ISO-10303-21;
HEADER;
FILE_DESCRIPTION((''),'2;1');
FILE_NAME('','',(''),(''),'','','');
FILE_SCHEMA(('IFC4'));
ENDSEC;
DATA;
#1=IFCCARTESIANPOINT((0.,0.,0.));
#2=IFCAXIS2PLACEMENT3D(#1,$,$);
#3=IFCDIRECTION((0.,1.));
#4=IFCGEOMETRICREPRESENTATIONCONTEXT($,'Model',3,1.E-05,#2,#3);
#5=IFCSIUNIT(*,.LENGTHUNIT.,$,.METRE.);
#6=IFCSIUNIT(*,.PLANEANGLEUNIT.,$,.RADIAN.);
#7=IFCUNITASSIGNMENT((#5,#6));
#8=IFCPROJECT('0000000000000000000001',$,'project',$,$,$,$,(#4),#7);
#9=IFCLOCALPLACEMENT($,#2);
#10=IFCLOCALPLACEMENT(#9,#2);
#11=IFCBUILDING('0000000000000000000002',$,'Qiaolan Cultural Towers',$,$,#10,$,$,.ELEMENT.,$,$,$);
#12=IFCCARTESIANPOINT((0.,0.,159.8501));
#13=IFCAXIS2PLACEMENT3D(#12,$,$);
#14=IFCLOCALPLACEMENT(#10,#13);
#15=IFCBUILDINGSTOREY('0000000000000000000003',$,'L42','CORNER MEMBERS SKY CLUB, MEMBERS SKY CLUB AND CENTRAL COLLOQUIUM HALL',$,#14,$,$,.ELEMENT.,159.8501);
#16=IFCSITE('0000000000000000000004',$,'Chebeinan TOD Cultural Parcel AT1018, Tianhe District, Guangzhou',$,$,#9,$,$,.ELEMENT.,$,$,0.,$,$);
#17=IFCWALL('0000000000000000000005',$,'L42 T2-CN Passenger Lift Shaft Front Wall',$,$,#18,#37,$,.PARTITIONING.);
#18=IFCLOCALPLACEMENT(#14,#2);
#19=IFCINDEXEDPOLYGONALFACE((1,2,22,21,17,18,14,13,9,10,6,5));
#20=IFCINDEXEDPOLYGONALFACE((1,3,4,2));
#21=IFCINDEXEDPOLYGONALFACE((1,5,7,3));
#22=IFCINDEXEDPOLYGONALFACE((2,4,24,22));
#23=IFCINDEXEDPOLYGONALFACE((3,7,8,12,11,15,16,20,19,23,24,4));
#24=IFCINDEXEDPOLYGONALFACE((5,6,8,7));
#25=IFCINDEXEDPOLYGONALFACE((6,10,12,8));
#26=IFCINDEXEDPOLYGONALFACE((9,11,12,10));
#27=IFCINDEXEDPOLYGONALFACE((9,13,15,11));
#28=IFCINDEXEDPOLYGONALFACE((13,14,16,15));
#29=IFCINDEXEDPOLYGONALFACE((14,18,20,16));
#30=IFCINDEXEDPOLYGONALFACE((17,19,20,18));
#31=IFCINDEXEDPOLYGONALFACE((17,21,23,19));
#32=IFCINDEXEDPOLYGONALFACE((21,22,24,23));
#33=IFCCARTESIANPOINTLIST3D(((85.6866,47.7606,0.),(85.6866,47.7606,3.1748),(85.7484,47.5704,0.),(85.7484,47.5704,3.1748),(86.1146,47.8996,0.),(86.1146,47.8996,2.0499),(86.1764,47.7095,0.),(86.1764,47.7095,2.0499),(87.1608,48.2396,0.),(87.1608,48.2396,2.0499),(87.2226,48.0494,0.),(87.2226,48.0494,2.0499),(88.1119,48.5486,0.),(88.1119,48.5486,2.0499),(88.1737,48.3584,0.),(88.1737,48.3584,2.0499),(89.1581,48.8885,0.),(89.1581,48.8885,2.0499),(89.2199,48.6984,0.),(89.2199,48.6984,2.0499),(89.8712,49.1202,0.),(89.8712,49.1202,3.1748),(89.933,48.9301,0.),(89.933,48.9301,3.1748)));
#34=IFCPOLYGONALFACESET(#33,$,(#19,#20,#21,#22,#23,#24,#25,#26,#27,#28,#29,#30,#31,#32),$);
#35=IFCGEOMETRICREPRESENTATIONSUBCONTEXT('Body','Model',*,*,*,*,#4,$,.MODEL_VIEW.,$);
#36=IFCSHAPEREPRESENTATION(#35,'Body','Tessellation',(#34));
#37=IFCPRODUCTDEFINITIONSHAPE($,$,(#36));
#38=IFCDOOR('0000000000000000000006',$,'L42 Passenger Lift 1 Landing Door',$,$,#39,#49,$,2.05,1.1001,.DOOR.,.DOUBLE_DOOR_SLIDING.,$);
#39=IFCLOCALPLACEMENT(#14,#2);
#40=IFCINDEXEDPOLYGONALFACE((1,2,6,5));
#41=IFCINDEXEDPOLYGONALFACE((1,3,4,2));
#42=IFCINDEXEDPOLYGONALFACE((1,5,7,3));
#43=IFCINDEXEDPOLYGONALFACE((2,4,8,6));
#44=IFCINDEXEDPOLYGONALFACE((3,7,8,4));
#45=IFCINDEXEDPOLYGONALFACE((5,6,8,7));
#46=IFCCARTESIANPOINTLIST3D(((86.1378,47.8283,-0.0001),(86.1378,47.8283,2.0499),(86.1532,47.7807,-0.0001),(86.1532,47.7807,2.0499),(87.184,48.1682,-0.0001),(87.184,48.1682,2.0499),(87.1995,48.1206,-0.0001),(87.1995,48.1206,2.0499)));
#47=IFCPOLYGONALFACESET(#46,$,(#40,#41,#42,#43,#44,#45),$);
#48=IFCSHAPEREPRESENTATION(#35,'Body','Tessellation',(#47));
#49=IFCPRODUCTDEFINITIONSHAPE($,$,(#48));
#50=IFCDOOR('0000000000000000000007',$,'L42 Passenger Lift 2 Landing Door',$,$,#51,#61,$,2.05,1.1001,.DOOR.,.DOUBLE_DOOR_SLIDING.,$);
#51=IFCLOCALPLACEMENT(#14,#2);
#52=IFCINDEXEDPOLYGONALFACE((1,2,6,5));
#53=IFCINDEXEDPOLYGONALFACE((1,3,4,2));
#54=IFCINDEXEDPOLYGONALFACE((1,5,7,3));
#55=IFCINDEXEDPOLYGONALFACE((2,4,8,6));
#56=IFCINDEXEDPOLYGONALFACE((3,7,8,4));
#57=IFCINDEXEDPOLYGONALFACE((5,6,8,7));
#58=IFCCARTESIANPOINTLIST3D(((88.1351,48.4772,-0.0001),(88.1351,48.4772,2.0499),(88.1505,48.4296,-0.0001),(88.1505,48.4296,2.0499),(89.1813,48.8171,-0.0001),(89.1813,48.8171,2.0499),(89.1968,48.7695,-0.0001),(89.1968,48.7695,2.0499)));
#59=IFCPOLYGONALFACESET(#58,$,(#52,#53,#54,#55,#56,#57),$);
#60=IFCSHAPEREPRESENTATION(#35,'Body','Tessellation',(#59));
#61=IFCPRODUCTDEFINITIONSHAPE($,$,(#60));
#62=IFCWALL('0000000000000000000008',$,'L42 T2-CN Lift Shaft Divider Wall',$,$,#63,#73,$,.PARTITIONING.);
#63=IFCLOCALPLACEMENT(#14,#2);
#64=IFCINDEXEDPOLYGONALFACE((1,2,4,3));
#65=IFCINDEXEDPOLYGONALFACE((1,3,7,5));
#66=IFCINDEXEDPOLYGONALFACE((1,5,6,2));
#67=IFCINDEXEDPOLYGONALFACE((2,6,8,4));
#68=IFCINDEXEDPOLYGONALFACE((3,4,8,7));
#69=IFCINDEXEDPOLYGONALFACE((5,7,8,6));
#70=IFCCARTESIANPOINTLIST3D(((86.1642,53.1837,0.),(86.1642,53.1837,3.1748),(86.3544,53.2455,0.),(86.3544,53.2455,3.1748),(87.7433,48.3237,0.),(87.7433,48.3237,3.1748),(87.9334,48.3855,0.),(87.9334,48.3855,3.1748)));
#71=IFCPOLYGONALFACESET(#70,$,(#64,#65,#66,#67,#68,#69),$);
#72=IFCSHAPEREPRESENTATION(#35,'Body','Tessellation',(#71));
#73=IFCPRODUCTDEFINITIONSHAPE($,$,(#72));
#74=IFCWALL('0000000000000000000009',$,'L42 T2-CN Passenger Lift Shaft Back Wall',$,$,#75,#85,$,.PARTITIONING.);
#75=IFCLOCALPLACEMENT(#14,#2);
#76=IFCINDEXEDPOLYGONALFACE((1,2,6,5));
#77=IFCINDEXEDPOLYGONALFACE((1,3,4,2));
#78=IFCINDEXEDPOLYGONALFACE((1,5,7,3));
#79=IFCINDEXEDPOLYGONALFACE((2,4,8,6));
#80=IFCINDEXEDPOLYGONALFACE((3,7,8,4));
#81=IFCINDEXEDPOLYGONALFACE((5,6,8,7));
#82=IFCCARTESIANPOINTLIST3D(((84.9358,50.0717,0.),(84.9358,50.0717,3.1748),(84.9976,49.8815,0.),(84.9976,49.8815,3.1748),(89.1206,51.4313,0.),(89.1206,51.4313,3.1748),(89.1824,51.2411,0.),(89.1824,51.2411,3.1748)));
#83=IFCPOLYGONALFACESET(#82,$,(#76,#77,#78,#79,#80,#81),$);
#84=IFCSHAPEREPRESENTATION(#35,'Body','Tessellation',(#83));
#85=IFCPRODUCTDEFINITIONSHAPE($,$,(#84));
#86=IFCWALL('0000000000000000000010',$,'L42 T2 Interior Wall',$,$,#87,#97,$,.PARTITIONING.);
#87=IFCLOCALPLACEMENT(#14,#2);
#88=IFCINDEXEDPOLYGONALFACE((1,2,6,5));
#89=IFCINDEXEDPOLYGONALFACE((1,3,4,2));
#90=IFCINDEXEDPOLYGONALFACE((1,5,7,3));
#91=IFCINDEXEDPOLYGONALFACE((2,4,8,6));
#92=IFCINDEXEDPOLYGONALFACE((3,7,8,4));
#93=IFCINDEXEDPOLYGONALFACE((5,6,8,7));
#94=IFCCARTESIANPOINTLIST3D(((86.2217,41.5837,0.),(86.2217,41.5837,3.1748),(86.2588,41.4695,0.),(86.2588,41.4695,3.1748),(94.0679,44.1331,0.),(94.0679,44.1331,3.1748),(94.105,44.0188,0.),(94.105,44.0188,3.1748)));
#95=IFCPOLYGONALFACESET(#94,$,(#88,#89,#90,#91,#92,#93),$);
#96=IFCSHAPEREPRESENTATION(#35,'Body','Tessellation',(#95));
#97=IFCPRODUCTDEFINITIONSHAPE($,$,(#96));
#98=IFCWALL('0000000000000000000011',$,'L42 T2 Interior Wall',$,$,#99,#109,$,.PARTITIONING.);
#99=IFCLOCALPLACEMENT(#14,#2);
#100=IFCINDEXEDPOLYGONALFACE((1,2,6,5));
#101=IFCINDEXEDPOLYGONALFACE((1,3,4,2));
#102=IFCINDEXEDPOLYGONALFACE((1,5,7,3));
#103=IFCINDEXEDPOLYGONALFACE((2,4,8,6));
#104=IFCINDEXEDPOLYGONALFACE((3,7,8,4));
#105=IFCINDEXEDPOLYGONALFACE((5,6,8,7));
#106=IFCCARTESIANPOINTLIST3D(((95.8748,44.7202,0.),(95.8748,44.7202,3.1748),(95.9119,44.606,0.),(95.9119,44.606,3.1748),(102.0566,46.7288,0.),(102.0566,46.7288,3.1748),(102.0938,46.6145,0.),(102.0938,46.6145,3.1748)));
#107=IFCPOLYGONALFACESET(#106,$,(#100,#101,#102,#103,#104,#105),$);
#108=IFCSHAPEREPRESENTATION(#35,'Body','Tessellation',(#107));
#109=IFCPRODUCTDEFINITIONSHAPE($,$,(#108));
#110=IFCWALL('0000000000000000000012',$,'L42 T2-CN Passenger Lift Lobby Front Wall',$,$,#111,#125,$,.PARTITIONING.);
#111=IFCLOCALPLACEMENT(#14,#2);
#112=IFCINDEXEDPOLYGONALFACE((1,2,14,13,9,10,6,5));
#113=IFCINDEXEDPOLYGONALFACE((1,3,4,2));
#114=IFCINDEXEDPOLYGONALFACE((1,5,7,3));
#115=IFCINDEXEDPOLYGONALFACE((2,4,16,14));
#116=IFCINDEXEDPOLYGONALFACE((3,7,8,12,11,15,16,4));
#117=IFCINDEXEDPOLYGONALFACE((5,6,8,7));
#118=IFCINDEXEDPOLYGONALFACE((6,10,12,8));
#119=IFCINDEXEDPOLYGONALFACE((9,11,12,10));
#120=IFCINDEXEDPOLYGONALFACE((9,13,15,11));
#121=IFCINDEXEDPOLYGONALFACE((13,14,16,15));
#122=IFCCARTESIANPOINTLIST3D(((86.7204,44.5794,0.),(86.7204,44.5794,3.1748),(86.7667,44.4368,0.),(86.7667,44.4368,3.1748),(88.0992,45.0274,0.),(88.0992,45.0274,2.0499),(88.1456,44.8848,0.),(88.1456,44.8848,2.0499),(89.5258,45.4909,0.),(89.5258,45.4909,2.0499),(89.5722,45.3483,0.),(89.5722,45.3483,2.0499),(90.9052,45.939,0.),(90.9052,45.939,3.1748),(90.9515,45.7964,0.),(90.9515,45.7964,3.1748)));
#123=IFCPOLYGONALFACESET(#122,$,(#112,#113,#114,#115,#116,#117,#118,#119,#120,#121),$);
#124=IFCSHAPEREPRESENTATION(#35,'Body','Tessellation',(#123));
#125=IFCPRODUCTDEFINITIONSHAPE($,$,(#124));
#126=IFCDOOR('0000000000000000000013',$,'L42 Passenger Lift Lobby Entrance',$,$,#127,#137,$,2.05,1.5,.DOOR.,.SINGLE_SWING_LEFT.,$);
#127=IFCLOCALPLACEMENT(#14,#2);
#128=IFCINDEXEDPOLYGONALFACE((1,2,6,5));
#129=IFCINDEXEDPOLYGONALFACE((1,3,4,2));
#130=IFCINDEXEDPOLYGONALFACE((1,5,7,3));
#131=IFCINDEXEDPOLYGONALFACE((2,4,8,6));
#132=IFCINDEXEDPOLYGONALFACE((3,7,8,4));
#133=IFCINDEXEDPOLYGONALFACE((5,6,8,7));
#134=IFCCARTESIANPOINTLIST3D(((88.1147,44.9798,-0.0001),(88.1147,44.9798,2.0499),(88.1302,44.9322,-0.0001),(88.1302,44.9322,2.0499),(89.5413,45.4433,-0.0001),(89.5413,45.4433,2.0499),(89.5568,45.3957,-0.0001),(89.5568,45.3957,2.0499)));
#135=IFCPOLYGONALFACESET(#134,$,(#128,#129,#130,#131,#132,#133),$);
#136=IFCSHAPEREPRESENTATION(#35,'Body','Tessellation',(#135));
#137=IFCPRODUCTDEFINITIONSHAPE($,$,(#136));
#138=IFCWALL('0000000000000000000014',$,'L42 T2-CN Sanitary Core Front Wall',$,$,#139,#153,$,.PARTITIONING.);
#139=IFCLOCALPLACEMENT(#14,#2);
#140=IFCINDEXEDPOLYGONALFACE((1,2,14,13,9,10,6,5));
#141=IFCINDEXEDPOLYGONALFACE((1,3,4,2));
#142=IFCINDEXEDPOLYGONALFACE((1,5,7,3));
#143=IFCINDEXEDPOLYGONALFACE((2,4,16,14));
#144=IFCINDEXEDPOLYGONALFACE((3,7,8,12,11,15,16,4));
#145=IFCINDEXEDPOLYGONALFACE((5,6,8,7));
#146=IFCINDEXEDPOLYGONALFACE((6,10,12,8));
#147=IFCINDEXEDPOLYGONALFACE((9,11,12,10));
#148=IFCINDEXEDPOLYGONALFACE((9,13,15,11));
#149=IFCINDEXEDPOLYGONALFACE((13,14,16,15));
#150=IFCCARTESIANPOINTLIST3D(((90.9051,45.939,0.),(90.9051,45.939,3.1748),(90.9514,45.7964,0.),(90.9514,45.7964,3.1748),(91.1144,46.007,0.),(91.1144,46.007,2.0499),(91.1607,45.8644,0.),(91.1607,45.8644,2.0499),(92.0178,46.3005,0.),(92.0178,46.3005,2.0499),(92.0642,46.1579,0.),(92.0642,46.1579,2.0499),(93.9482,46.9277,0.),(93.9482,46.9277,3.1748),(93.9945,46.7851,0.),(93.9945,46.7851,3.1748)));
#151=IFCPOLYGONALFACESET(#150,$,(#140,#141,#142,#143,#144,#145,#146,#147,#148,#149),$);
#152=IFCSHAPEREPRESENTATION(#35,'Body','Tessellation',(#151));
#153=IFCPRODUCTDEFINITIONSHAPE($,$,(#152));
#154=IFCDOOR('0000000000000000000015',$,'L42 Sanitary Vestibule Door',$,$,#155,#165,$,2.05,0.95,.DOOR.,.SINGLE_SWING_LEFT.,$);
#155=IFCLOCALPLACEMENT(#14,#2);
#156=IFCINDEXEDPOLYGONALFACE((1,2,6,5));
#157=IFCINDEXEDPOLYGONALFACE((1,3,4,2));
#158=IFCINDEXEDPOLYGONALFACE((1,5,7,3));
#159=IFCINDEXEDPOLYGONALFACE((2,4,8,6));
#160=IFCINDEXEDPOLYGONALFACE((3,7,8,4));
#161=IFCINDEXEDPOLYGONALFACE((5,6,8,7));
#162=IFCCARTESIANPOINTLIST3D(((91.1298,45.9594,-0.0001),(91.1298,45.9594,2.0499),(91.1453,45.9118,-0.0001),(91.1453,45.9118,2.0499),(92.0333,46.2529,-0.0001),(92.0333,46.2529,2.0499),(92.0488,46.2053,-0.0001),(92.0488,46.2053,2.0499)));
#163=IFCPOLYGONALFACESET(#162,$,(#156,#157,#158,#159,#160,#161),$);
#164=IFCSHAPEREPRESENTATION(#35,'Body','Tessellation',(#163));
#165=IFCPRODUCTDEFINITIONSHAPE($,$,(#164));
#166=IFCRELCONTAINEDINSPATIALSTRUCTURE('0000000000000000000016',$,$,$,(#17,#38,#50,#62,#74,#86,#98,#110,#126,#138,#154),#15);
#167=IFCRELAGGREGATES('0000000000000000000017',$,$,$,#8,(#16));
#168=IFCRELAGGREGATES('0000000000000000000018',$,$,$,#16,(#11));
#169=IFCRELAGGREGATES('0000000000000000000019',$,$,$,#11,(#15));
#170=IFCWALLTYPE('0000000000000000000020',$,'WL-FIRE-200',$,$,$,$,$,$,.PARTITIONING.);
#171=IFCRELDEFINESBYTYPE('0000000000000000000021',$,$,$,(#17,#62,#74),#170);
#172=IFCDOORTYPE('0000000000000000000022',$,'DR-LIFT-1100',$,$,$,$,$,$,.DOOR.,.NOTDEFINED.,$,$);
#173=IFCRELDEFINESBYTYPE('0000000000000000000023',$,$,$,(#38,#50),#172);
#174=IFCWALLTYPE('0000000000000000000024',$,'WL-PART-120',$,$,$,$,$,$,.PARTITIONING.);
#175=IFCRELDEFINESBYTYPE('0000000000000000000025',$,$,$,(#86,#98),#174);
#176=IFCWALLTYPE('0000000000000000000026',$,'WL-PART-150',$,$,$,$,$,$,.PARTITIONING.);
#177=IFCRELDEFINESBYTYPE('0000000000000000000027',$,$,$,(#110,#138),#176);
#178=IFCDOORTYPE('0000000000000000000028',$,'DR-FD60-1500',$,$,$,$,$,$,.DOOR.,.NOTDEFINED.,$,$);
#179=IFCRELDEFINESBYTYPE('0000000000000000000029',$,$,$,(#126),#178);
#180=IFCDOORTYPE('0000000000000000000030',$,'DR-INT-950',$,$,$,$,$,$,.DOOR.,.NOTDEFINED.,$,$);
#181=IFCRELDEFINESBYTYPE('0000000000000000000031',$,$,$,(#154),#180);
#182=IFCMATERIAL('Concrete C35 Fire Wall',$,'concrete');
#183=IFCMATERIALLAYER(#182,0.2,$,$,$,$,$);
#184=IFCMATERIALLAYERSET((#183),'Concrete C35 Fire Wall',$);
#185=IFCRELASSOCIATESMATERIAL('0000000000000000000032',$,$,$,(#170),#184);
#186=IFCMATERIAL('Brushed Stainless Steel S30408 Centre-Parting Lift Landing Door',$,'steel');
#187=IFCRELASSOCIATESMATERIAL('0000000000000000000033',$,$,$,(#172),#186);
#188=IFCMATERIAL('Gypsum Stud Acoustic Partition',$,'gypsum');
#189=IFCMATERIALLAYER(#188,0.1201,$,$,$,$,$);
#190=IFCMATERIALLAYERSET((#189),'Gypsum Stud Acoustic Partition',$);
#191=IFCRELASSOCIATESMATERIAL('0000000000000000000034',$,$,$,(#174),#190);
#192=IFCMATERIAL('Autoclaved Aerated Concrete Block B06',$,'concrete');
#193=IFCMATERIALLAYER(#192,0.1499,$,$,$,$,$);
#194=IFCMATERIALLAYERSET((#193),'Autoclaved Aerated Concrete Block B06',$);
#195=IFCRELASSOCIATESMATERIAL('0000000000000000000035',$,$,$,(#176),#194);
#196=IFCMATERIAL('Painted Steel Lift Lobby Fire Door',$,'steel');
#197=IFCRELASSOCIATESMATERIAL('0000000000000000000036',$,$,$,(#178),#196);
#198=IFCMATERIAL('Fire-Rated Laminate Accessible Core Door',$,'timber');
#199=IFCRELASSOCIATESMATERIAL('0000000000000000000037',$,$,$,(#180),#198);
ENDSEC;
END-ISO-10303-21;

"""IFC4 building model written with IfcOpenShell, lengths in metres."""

from ifc_helpers import new_model, si_unit, direction, frame, frame_2d, origin, place, context, subcontext, project, spatial, rectangle, extrude, material, layer, layer_set, type_object, element, fill, save


model = new_model("IFC4")

# Units and contexts
model_context = context("Model", 3, precision=1e-05, world=origin(), true_north=direction((0.0, 1.0)))
body_context = subcontext(model_context, "Body", "Model", "MODEL_VIEW")
ifc_project = project(units=[si_unit("LENGTHUNIT", "METRE"), si_unit("PLANEANGLEUNIT", "RADIAN")], contexts=[model_context])

# Site, building, storey
site_placement = place(None, origin())
site = spatial("IfcSite", under=ifc_project, at=site_placement, Name="Chebeinan TOD Cultural Parcel AT1018, Tianhe District, Guangzhou", CompositionType="ELEMENT", RefElevation=0.0)
building_placement = place(site_placement, origin())
building = spatial("IfcBuilding", under=site, at=building_placement, Name="Qiaolan Cultural Towers", CompositionType="ELEMENT")
storey_placement = place(building_placement, frame((0.0, 0.0, 159.8501)))
storey = spatial("IfcBuildingStorey", under=building, at=storey_placement, Name="L42", Description="CORNER MEMBERS SKY CLUB, MEMBERS SKY CLUB AND CENTRAL COLLOQUIUM HALL", CompositionType="ELEMENT", Elevation=159.8501)

# Shared definitions
ifc_material_1 = material(Name="Concrete C35 Fire Wall", Category="concrete")
ifc_layer_1 = layer(ifc_material_1, 0.2)
ifc_layer_set_1 = layer_set([ifc_layer_1], Name="Concrete C35 Fire Wall")
wall_type_1 = type_object("IfcWallType", Name="WL-FIRE-200", PredefinedType="PARTITIONING", material=ifc_layer_set_1)

# Wall, openings, doors
wall_1_placement = place(storey_placement, frame((85.7175, 47.6655, 0.0), z_axis=(0.0, 0.0, 1.0), x_axis=(0.951059, 0.309011, 0.0)))
wall_1 = element("IfcWall", 1, at=wall_1_placement, inside=storey, type_object=wall_type_1, Name="L42 T2-CN Passenger Lift Shaft Front Wall", PredefinedType="PARTITIONING", context=body_context, shape_type="SweptSolid", body=[
    extrude(rectangle(XDim=4.3999, YDim=0.2, at=frame_2d((2.2, 0.0))), origin(), (0.0, 0.0, 1.0), 3.1748),
])
opening_1_placement = place(wall_1_placement, frame((0.45, 0.0, 0.0)))
opening_1 = element("IfcOpeningElement", 2, at=opening_1_placement, cuts=wall_1, PredefinedType="OPENING", context=body_context, shape_type="SweptSolid", body=[
    extrude(rectangle(XDim=1.1001, YDim=2.05, at=frame_2d((0.55, 1.0249))), frame((0.0, 0.1099, 0.0), z_axis=(0.0, -1.0, 0.0), x_axis=(1.0, 0.0, 0.0)), (0.0, 0.0, 1.0), 0.22),
])
opening_2_placement = place(wall_1_placement, frame((2.55, 0.0, 0.0)))
opening_2 = element("IfcOpeningElement", 3, at=opening_2_placement, cuts=wall_1, PredefinedType="OPENING", context=body_context, shape_type="SweptSolid", body=[
    extrude(rectangle(XDim=1.1001, YDim=2.05, at=frame_2d((0.55, 1.0249))), frame((0.0, 0.1099, 0.0), z_axis=(0.0, -1.0, 0.0), x_axis=(1.0, 0.0, 0.0)), (0.0, 0.0, 1.0), 0.22),
])
ifc_material_2 = material(Name="Brushed Stainless Steel S30408 Centre-Parting Lift Landing Door", Category="steel")
door_type_1 = type_object("IfcDoorType", Name="DR-LIFT-1100", OperationType="NOTDEFINED", PredefinedType="DOOR", material=ifc_material_2)
door_1_placement = place(opening_1_placement, origin())
door_1 = element("IfcDoor", 4, at=door_1_placement, inside=storey, type_object=door_type_1, Name="L42 Passenger Lift 1 Landing Door", OperationType="DOUBLE_DOOR_SLIDING", OverallHeight=2.05, OverallWidth=1.1001, PredefinedType="DOOR", context=body_context, shape_type="SweptSolid", body=[
    extrude(rectangle(XDim=1.1001, YDim=2.05, at=frame_2d((0.55, 1.0249))), frame((0.0, 0.0249, 0.0), z_axis=(0.0, -1.0, 0.0), x_axis=(1.0, 0.0, 0.0)), (0.0, 0.0, 1.0), 0.05),
])
fill(opening_1, door_1)
door_2_placement = place(opening_2_placement, origin())
door_2 = element("IfcDoor", 5, at=door_2_placement, inside=storey, type_object=door_type_1, Name="L42 Passenger Lift 2 Landing Door", OperationType="DOUBLE_DOOR_SLIDING", OverallHeight=2.05, OverallWidth=1.1001, PredefinedType="DOOR", context=body_context, shape_type="SweptSolid", body=[
    extrude(rectangle(XDim=1.1001, YDim=2.05, at=frame_2d((0.55, 1.0249))), frame((0.0, 0.0249, 0.0), z_axis=(0.0, -1.0, 0.0), x_axis=(1.0, 0.0, 0.0)), (0.0, 0.0, 1.0), 0.05),
])
fill(opening_2, door_2)

# Walls
wall_2_placement = place(storey_placement, frame((87.8384, 48.3545, 0.0), z_axis=(0.0, 0.0, 1.0), x_axis=(-0.309009, 0.951059, 0.0)))
element("IfcWall", 6, at=wall_2_placement, inside=storey, type_object=wall_type_1, Name="L42 T2-CN Lift Shaft Divider Wall", PredefinedType="PARTITIONING", context=body_context, shape_type="SweptSolid", body=[
    extrude(rectangle(XDim=5.1101, YDim=0.2, at=frame_2d((2.5552, 0.0))), origin(), (0.0, 0.0, 1.0), 3.1748),
])
wall_3_placement = place(storey_placement, frame((84.9666, 49.9766, 0.0), z_axis=(0.0, 0.0, 1.0), x_axis=(0.951064, 0.308994, 0.0)))
element("IfcWall", 7, at=wall_3_placement, inside=storey, type_object=wall_type_1, Name="L42 T2-CN Passenger Lift Shaft Back Wall", PredefinedType="PARTITIONING", context=body_context, shape_type="SweptSolid", body=[
    extrude(rectangle(XDim=4.4001, YDim=0.2, at=frame_2d((2.2002, 0.0))), origin(), (0.0, 0.0, 1.0), 3.1748),
])
ifc_material_3 = material(Name="Gypsum Stud Acoustic Partition", Category="gypsum")
ifc_layer_2 = layer(ifc_material_3, 0.1201)
ifc_layer_set_2 = layer_set([ifc_layer_2], Name="Gypsum Stud Acoustic Partition")
wall_type_2 = type_object("IfcWallType", Name="WL-PART-120", PredefinedType="PARTITIONING", material=ifc_layer_set_2)
wall_4_placement = place(storey_placement, frame((86.2402, 41.5266, 0.0), z_axis=(0.0, 0.0, 1.0), x_axis=(0.951059, 0.30901, 0.0)))
element("IfcWall", 8, at=wall_4_placement, inside=storey, type_object=wall_type_2, Name="L42 T2 Interior Wall", PredefinedType="PARTITIONING", context=body_context, shape_type="SweptSolid", body=[
    extrude(rectangle(XDim=8.25, YDim=0.1201, at=frame_2d((4.125, 0.0))), origin(), (0.0, 0.0, 1.0), 3.1748),
])
wall_5_placement = place(storey_placement, frame((95.8933, 44.6631, 0.0), z_axis=(0.0, 0.0, 1.0), x_axis=(0.95106, 0.309007, 0.0)))
element("IfcWall", 9, at=wall_5_placement, inside=storey, type_object=wall_type_2, Name="L42 T2 Interior Wall", PredefinedType="PARTITIONING", context=body_context, shape_type="SweptSolid", body=[
    extrude(rectangle(XDim=6.5, YDim=0.1201, at=frame_2d((3.25, 0.0))), origin(), (0.0, 0.0, 1.0), 3.1748),
])

# Walls, openings, doors
ifc_material_4 = material(Name="Autoclaved Aerated Concrete Block B06", Category="concrete")
ifc_layer_3 = layer(ifc_material_4, 0.1499)
ifc_layer_set_3 = layer_set([ifc_layer_3], Name="Autoclaved Aerated Concrete Block B06")
wall_type_3 = type_object("IfcWallType", Name="WL-PART-150", PredefinedType="PARTITIONING", material=ifc_layer_set_3)
wall_6_placement = place(storey_placement, frame((86.7434, 44.5081, 0.0), z_axis=(0.0, 0.0, 1.0), x_axis=(0.951064, 0.308994, 0.0)))
wall_6 = element("IfcWall", 10, at=wall_6_placement, inside=storey, type_object=wall_type_3, Name="L42 T2-CN Passenger Lift Lobby Front Wall", PredefinedType="PARTITIONING", context=body_context, shape_type="SweptSolid", body=[
    extrude(rectangle(XDim=4.4001, YDim=0.1499, at=frame_2d((2.2002, 0.0))), origin(), (0.0, 0.0, 1.0), 3.1748),
])
opening_3_placement = place(wall_6_placement, frame((1.45, 0.0, 0.0)))
opening_3 = element("IfcOpeningElement", 11, at=opening_3_placement, cuts=wall_6, PredefinedType="OPENING", context=body_context, shape_type="SweptSolid", body=[
    extrude(rectangle(XDim=1.5, YDim=2.05, at=frame_2d((0.75, 1.0249))), frame((0.0, 0.085, 0.0), z_axis=(0.0, -1.0, 0.0), x_axis=(1.0, 0.0, 0.0)), (0.0, 0.0, 1.0), 0.1699),
])
ifc_material_5 = material(Name="Painted Steel Lift Lobby Fire Door", Category="steel")
door_type_2 = type_object("IfcDoorType", Name="DR-FD60-1500", OperationType="NOTDEFINED", PredefinedType="DOOR", material=ifc_material_5)
door_3_placement = place(opening_3_placement, origin())
door_3 = element("IfcDoor", 12, at=door_3_placement, inside=storey, type_object=door_type_2, Name="L42 Passenger Lift Lobby Entrance", OperationType="SINGLE_SWING_LEFT", OverallHeight=2.05, OverallWidth=1.5, PredefinedType="DOOR", context=body_context, shape_type="SweptSolid", body=[
    extrude(rectangle(XDim=1.5, YDim=2.05, at=frame_2d((0.75, 1.0249))), frame((0.0, 0.0249, 0.0), z_axis=(0.0, -1.0, 0.0), x_axis=(1.0, 0.0, 0.0)), (0.0, 0.0, 1.0), 0.05),
])
fill(opening_3, door_3)
wall_7_placement = place(storey_placement, frame((90.9282, 45.8677, 0.0), z_axis=(0.0, 0.0, 1.0), x_axis=(0.951059, 0.309008, 0.0)))
wall_7 = element("IfcWall", 13, at=wall_7_placement, inside=storey, type_object=wall_type_3, Name="L42 T2-CN Sanitary Core Front Wall", PredefinedType="PARTITIONING", context=body_context, shape_type="SweptSolid", body=[
    extrude(rectangle(XDim=3.1997, YDim=0.1499, at=frame_2d((1.5999, 0.0))), origin(), (0.0, 0.0, 1.0), 3.1748),
])
opening_4_placement = place(wall_7_placement, frame((0.22, 0.0, 0.0)))
opening_4 = element("IfcOpeningElement", 14, at=opening_4_placement, cuts=wall_7, PredefinedType="OPENING", context=body_context, shape_type="SweptSolid", body=[
    extrude(rectangle(XDim=0.95, YDim=2.05, at=frame_2d((0.4751, 1.0249))), frame((0.0, 0.085, 0.0), z_axis=(0.0, -1.0, 0.0), x_axis=(1.0, 0.0, 0.0)), (0.0, 0.0, 1.0), 0.1699),
])
ifc_material_6 = material(Name="Fire-Rated Laminate Accessible Core Door", Category="timber")
door_type_3 = type_object("IfcDoorType", Name="DR-INT-950", OperationType="NOTDEFINED", PredefinedType="DOOR", material=ifc_material_6)
door_4_placement = place(opening_4_placement, origin())
door_4 = element("IfcDoor", 15, at=door_4_placement, inside=storey, type_object=door_type_3, Name="L42 Sanitary Vestibule Door", OperationType="SINGLE_SWING_LEFT", OverallHeight=2.05, OverallWidth=0.95, PredefinedType="DOOR", context=body_context, shape_type="SweptSolid", body=[
    extrude(rectangle(XDim=0.95, YDim=2.05, at=frame_2d((0.4751, 1.0249))), frame((0.0, 0.0249, 0.0), z_axis=(0.0, -1.0, 0.0), x_axis=(1.0, 0.0, 0.0)), (0.0, 0.0, 1.0), 0.05),
])
fill(opening_4, door_4)

save(model, "model.ifc")
